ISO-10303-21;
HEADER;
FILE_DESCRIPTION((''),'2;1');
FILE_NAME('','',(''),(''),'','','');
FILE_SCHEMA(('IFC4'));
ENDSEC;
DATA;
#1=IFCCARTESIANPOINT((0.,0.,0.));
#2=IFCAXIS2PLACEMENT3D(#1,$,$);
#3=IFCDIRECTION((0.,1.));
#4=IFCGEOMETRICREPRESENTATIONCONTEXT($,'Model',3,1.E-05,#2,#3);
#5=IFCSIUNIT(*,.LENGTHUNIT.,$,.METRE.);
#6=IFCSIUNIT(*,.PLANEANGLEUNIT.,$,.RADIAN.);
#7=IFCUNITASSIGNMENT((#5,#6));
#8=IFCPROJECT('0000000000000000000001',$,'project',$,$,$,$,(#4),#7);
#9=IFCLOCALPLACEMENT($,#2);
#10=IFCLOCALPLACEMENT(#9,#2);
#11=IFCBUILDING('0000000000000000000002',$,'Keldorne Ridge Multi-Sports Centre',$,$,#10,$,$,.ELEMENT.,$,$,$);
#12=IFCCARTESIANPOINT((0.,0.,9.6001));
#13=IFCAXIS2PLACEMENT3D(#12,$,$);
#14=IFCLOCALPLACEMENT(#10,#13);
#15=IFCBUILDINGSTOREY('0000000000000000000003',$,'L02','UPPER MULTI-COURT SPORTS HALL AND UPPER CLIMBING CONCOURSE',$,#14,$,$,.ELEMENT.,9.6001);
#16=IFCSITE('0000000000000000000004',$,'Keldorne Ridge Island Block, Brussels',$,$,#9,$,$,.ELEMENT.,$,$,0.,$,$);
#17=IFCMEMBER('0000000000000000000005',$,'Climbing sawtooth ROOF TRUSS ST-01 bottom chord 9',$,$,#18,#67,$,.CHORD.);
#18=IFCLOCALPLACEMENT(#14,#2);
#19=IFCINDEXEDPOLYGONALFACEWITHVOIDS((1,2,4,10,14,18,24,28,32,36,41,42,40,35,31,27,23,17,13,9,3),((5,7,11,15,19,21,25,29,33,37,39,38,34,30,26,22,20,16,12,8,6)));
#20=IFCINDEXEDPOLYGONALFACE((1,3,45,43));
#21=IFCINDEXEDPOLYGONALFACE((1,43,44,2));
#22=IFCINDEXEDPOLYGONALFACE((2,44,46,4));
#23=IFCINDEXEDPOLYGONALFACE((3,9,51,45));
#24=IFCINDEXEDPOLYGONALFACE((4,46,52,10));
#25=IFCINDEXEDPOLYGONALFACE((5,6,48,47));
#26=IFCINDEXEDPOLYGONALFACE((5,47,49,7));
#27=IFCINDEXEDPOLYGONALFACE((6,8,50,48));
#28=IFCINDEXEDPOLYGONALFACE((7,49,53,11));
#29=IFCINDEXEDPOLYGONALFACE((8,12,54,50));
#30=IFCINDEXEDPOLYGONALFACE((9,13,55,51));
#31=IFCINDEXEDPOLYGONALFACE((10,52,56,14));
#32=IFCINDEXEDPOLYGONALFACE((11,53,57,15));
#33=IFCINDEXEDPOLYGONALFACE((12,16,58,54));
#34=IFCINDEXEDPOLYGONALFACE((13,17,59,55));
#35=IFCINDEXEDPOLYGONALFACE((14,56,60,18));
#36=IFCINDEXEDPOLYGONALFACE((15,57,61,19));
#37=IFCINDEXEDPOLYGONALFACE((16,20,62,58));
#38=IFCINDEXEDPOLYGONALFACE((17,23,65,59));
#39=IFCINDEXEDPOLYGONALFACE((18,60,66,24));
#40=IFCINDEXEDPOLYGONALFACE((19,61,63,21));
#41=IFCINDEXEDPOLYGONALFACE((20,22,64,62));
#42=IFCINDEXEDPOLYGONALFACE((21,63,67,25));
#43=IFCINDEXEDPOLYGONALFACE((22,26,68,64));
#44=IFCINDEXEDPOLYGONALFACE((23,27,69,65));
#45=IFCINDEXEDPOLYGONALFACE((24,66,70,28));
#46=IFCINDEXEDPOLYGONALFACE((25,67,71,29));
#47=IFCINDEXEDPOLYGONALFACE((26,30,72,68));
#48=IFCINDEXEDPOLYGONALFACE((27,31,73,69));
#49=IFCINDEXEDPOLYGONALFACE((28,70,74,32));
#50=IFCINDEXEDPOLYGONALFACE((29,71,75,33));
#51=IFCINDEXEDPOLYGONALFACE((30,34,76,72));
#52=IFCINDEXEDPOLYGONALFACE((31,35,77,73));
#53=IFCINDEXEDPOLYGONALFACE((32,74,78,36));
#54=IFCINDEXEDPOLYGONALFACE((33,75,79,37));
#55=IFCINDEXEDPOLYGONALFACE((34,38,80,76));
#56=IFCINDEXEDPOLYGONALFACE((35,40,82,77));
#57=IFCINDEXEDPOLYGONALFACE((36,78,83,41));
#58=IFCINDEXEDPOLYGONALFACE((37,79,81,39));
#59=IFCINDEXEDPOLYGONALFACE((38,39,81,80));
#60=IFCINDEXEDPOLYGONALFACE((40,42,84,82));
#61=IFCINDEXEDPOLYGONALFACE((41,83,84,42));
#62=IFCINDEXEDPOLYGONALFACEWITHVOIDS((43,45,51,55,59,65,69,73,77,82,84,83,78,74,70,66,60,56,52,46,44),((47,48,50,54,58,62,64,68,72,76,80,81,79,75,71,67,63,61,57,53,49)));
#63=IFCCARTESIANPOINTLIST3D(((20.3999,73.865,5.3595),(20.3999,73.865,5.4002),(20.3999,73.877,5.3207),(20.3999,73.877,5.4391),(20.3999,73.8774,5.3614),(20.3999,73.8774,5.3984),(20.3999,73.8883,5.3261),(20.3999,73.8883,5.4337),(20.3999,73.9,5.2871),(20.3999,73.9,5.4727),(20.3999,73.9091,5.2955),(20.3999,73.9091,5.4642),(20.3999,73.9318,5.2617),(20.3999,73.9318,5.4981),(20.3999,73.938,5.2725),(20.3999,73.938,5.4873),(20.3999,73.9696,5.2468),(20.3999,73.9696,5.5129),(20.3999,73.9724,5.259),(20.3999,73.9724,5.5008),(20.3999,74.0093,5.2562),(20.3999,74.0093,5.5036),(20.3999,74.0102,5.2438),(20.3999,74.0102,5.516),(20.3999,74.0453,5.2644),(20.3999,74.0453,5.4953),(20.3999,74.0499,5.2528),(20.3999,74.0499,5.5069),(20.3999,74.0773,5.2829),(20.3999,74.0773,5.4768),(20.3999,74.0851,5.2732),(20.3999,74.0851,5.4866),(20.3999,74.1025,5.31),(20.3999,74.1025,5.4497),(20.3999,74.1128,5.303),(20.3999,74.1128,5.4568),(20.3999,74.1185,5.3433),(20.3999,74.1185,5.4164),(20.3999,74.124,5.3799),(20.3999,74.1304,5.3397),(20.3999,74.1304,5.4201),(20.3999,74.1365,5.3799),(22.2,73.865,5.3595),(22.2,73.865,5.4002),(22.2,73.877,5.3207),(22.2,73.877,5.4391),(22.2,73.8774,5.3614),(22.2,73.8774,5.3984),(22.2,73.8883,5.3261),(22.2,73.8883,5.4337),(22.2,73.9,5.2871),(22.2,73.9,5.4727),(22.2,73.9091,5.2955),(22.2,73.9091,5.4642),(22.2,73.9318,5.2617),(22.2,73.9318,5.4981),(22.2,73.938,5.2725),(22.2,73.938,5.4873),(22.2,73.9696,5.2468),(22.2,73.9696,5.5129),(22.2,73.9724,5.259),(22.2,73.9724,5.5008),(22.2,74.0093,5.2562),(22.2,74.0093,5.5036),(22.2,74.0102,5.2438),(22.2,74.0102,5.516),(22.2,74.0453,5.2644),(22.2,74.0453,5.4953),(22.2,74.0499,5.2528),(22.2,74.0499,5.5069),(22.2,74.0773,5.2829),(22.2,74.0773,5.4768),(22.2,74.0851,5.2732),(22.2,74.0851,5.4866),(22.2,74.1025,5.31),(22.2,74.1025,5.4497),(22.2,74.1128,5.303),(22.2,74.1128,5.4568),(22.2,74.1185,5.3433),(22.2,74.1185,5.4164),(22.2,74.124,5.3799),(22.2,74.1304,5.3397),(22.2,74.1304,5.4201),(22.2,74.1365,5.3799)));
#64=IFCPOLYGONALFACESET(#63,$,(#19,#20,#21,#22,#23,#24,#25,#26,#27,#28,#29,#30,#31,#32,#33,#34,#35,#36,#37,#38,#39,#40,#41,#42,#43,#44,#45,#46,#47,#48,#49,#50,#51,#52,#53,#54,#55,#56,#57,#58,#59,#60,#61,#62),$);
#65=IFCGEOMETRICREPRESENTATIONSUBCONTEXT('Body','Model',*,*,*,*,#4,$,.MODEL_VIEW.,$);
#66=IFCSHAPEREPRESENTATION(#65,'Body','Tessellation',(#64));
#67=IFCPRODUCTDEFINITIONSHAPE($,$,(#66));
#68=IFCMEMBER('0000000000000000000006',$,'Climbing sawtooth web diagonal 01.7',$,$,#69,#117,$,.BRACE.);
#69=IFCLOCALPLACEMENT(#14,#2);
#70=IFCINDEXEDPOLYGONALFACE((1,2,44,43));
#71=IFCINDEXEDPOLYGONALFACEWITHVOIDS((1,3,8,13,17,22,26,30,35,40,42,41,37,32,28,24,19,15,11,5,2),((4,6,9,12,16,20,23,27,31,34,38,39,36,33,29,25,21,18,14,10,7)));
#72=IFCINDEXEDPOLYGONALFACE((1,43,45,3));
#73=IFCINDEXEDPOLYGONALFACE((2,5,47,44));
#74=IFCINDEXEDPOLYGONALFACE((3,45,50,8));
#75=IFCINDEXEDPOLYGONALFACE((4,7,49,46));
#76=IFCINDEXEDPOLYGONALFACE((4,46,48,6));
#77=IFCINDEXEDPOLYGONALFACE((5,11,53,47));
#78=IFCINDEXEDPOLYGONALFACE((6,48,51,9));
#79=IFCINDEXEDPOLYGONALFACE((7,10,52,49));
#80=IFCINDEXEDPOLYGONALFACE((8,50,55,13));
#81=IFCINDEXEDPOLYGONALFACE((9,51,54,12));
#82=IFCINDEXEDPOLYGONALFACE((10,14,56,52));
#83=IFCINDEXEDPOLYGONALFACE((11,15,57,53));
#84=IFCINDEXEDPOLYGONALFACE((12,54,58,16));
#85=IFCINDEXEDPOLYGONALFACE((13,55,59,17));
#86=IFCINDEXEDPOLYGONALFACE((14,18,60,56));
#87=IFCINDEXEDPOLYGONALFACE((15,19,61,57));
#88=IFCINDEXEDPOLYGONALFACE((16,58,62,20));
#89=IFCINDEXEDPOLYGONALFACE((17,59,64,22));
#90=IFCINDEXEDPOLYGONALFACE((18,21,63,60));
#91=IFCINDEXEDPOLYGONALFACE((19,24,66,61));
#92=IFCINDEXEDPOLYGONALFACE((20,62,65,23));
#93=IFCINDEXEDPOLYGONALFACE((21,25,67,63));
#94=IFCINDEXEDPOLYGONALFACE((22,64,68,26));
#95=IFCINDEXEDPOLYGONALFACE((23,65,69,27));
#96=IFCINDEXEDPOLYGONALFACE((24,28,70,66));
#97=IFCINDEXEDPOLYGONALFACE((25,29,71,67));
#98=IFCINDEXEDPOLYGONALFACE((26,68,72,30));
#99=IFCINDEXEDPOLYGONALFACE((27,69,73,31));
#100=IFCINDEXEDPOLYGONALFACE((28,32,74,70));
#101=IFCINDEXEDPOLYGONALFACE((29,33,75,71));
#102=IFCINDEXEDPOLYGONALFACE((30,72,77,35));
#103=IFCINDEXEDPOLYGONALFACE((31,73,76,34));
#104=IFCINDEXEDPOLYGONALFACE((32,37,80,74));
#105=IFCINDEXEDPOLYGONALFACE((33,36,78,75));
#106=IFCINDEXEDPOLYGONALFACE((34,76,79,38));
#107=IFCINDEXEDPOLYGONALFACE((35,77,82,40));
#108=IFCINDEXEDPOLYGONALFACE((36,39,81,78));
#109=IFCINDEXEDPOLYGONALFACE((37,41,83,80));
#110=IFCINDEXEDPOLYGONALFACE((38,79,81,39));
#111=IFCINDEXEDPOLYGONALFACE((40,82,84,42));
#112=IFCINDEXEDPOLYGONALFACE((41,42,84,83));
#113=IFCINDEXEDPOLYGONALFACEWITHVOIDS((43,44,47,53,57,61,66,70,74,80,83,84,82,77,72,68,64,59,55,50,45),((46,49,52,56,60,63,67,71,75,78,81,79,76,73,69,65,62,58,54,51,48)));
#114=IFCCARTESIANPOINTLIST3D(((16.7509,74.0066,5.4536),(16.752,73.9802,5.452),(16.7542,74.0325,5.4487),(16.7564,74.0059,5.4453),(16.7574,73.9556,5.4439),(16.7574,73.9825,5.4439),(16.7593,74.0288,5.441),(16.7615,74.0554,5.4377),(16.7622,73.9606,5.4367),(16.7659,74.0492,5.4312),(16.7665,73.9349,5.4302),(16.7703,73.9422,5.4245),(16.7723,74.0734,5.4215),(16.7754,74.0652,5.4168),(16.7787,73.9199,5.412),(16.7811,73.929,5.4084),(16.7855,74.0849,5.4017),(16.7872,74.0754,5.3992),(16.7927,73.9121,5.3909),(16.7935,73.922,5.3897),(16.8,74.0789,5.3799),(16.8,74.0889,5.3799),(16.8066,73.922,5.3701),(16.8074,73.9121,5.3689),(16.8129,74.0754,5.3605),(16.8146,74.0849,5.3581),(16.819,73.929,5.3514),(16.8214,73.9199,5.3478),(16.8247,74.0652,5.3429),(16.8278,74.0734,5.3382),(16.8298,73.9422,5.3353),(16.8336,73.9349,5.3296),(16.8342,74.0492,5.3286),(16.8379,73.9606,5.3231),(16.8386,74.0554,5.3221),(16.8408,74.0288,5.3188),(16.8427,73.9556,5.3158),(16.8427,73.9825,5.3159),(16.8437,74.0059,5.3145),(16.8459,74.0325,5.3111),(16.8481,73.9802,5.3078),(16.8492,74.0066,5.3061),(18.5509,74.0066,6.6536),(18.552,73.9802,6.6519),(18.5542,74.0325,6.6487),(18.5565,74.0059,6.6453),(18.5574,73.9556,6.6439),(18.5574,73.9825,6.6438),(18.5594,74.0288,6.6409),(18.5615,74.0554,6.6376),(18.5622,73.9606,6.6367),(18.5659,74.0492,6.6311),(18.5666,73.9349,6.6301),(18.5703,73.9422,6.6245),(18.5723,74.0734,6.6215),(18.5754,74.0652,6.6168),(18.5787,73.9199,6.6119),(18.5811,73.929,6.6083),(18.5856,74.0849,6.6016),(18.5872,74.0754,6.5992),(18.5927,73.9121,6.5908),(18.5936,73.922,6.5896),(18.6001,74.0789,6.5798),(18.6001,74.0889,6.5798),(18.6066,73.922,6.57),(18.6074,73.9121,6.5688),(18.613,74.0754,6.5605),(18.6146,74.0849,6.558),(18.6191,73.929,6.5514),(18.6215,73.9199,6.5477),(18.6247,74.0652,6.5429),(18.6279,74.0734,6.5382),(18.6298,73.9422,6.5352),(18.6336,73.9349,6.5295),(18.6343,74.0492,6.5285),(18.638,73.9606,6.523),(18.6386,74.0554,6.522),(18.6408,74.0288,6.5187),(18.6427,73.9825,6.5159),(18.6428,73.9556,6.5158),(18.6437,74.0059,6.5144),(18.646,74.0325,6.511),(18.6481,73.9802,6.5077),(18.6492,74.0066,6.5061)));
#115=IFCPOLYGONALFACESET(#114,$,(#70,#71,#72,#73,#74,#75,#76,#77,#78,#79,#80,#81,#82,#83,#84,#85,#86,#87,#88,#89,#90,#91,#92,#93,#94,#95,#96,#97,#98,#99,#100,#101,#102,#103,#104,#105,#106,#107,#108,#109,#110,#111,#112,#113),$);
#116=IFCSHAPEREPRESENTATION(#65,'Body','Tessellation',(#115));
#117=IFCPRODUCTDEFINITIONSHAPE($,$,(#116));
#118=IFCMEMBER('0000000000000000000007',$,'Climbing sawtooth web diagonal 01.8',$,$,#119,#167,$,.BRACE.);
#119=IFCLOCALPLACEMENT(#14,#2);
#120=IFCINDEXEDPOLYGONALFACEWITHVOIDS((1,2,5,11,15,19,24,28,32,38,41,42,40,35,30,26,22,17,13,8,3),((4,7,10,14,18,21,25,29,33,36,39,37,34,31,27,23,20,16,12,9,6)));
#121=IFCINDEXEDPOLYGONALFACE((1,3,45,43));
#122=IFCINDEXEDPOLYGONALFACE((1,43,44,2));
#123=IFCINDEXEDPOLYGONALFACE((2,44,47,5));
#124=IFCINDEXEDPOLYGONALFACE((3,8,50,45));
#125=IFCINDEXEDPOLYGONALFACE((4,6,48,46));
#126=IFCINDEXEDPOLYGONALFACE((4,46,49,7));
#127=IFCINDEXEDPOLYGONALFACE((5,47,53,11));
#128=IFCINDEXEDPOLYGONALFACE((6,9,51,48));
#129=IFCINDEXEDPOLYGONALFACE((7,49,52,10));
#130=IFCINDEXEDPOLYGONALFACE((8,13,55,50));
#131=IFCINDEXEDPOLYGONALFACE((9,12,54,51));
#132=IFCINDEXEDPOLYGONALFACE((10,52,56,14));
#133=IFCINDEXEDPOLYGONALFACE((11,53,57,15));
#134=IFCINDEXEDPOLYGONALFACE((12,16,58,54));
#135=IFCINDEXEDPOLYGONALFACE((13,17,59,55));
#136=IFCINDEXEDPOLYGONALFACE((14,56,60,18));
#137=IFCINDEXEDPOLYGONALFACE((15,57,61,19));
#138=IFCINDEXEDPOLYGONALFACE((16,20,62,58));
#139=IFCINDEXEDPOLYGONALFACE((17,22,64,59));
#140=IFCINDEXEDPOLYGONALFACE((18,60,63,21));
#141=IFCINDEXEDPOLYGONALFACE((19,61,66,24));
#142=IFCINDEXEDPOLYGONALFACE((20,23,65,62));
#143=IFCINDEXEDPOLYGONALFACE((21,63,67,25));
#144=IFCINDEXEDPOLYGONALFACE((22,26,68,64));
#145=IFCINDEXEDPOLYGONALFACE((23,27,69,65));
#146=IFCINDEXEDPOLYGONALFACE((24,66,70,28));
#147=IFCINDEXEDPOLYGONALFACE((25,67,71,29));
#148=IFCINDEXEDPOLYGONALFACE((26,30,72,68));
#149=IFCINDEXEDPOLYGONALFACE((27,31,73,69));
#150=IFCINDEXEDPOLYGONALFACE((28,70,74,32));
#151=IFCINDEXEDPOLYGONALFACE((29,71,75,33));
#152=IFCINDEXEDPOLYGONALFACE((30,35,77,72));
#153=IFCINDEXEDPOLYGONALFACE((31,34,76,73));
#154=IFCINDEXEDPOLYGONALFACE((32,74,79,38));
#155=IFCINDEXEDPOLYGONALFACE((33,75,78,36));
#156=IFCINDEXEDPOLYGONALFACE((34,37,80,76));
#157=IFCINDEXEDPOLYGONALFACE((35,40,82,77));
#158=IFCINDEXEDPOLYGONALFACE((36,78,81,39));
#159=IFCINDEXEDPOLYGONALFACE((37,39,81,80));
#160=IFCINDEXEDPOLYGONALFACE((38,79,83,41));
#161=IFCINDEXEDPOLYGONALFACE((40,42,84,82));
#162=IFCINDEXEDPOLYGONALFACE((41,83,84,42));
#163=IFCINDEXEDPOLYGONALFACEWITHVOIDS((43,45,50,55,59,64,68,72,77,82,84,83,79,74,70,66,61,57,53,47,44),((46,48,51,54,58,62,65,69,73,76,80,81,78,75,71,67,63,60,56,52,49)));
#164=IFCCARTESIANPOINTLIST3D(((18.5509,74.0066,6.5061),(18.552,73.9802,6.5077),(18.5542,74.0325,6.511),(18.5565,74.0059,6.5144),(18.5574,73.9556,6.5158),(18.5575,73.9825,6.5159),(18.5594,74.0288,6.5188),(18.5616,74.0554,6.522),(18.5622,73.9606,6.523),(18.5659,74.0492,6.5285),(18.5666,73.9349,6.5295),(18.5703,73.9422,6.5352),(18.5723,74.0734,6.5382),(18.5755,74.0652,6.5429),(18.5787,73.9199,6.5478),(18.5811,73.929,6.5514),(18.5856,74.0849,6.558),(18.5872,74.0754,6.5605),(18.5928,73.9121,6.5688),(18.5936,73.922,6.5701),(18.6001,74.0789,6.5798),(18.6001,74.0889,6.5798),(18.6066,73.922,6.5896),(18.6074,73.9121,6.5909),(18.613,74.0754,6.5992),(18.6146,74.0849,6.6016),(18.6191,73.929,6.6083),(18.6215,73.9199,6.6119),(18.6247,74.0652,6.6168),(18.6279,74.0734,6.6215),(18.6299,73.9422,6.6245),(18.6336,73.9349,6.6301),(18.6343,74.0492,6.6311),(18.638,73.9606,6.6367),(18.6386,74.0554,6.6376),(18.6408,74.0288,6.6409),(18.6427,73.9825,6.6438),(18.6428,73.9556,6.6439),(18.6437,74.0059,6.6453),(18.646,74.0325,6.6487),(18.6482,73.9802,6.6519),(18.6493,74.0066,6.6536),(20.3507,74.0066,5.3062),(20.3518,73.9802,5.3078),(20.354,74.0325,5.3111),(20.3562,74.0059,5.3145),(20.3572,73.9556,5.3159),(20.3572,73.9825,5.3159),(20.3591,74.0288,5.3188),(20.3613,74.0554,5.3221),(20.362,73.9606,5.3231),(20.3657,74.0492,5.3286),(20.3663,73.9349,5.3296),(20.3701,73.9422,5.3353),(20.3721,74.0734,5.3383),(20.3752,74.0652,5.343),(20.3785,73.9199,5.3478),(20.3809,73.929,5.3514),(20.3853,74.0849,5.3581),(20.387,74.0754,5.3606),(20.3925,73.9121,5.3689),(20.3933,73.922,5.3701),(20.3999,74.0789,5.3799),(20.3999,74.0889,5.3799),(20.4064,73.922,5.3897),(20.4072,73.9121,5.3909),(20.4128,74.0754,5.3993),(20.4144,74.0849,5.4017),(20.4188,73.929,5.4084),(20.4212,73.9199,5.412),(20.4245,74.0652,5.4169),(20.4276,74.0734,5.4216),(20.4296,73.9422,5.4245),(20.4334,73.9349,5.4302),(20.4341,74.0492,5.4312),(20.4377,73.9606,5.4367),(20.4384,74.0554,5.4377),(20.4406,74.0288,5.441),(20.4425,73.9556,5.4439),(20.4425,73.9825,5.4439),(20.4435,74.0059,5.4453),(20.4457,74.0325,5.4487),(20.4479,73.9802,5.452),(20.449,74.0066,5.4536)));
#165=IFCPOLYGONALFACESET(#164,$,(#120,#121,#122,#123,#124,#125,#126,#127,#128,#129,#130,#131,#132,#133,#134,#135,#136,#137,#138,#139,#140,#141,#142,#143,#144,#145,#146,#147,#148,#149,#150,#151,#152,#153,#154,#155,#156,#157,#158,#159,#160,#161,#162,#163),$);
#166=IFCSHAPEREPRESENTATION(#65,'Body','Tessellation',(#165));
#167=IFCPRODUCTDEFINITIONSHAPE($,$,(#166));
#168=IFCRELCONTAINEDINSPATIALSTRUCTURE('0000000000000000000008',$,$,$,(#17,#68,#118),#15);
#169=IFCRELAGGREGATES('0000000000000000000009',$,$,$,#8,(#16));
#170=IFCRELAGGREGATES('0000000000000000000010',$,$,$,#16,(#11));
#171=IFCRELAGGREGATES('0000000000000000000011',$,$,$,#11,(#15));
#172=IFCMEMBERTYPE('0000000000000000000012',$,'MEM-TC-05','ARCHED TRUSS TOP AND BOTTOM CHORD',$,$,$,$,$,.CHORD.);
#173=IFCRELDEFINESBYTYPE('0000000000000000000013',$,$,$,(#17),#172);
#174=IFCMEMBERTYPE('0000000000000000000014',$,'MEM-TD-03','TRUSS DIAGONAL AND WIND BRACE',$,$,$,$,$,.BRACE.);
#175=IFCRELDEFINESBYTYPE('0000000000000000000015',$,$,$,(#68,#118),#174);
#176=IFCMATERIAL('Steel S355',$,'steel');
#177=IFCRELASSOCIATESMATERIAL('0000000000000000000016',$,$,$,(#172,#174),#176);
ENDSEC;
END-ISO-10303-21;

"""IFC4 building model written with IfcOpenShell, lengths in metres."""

from ifc_helpers import new_model, si_unit, direction, frame, origin, origin_2d, place, context, subcontext, project, spatial, hollow_circle, extrude, material, material_profile, profile_set, type_object, element, save


model = new_model("IFC4")

# Units and contexts
model_context = context("Model", 3, precision=1e-05, world=origin(), true_north=direction((0.0, 1.0)))
body_context = subcontext(model_context, "Body", "Model", "MODEL_VIEW")
ifc_project = project(units=[si_unit("LENGTHUNIT", "METRE"), si_unit("PLANEANGLEUNIT", "RADIAN")], contexts=[model_context])

# Site, building, storey
site_placement = place(None, origin())
site = spatial("IfcSite", under=ifc_project, at=site_placement, Name="Keldorne Ridge Island Block, Brussels", CompositionType="ELEMENT", RefElevation=0.0)
building_placement = place(site_placement, origin())
building = spatial("IfcBuilding", under=site, at=building_placement, Name="Keldorne Ridge Multi-Sports Centre", CompositionType="ELEMENT")
storey_placement = place(building_placement, frame((0.0, 0.0, 9.6001)))
storey = spatial("IfcBuildingStorey", under=building, at=storey_placement, Name="L02", Description="UPPER MULTI-COURT SPORTS HALL AND UPPER CLIMBING CONCOURSE", CompositionType="ELEMENT", Elevation=9.6001)

# Shared definitions
ifc_material_1 = material(Name="Steel S355", Category="steel")

# Members
ifc_material_profile_1 = material_profile(ifc_material_1, hollow_circle(Radius=0.1365, WallThickness=0.0125, at=origin_2d()), Name="CHS 273x12.5")
ifc_profile_set_1 = profile_set([ifc_material_profile_1], Name="Steel S355")
member_type_1 = type_object("IfcMemberType", Name="MEM-TC-05", Description="ARCHED TRUSS TOP AND BOTTOM CHORD", PredefinedType="CHORD", material=ifc_profile_set_1)
member_1_placement = place(storey_placement, frame((20.3999, 74.0, 5.3799), z_axis=(1.0, 0.0, 0.0), x_axis=(0.0, 1.0, 0.0)))
element("IfcMember", 1, at=member_1_placement, inside=storey, type_object=member_type_1, Name="Climbing sawtooth ROOF TRUSS ST-01 bottom chord 9", PredefinedType="CHORD", context=body_context, shape_type="SweptSolid", body=[
    extrude(hollow_circle(Radius=0.1365, WallThickness=0.0125, at=origin_2d()), origin(), (0.0, 0.0, 1.0), 1.8),
])
ifc_material_profile_2 = material_profile(ifc_material_1, hollow_circle(Radius=0.0889, WallThickness=0.01, at=origin_2d()), Name="CHS 177.8x10")
ifc_profile_set_2 = profile_set([ifc_material_profile_2], Name="Steel S355")
member_type_2 = type_object("IfcMemberType", Name="MEM-TD-03", Description="TRUSS DIAGONAL AND WIND BRACE", PredefinedType="BRACE", material=ifc_profile_set_2)
member_2_placement = place(storey_placement, frame((16.8, 74.0, 5.3799), z_axis=(0.832068, 0.0, 0.554674), x_axis=(0.0, 1.0, 0.0)))
element("IfcMember", 2, at=member_2_placement, inside=storey, type_object=member_type_2, Name="Climbing sawtooth web diagonal 01.7", PredefinedType="BRACE", context=body_context, shape_type="SweptSolid", body=[
    extrude(hollow_circle(Radius=0.0889, WallThickness=0.01, at=origin_2d()), origin(), (0.0, 0.0, 1.0), 2.1633),
])
member_3_placement = place(storey_placement, frame((18.6001, 74.0, 6.5798), z_axis=(0.832033, 0.0, -0.554726), x_axis=(0.0, 1.0, 0.0)))
element("IfcMember", 3, at=member_3_placement, inside=storey, type_object=member_type_2, Name="Climbing sawtooth web diagonal 01.8", PredefinedType="BRACE", context=body_context, shape_type="SweptSolid", body=[
    extrude(hollow_circle(Radius=0.0889, WallThickness=0.01, at=origin_2d()), origin(), (0.0, 0.0, 1.0), 2.1631),
])

save(model, "model.ifc")
